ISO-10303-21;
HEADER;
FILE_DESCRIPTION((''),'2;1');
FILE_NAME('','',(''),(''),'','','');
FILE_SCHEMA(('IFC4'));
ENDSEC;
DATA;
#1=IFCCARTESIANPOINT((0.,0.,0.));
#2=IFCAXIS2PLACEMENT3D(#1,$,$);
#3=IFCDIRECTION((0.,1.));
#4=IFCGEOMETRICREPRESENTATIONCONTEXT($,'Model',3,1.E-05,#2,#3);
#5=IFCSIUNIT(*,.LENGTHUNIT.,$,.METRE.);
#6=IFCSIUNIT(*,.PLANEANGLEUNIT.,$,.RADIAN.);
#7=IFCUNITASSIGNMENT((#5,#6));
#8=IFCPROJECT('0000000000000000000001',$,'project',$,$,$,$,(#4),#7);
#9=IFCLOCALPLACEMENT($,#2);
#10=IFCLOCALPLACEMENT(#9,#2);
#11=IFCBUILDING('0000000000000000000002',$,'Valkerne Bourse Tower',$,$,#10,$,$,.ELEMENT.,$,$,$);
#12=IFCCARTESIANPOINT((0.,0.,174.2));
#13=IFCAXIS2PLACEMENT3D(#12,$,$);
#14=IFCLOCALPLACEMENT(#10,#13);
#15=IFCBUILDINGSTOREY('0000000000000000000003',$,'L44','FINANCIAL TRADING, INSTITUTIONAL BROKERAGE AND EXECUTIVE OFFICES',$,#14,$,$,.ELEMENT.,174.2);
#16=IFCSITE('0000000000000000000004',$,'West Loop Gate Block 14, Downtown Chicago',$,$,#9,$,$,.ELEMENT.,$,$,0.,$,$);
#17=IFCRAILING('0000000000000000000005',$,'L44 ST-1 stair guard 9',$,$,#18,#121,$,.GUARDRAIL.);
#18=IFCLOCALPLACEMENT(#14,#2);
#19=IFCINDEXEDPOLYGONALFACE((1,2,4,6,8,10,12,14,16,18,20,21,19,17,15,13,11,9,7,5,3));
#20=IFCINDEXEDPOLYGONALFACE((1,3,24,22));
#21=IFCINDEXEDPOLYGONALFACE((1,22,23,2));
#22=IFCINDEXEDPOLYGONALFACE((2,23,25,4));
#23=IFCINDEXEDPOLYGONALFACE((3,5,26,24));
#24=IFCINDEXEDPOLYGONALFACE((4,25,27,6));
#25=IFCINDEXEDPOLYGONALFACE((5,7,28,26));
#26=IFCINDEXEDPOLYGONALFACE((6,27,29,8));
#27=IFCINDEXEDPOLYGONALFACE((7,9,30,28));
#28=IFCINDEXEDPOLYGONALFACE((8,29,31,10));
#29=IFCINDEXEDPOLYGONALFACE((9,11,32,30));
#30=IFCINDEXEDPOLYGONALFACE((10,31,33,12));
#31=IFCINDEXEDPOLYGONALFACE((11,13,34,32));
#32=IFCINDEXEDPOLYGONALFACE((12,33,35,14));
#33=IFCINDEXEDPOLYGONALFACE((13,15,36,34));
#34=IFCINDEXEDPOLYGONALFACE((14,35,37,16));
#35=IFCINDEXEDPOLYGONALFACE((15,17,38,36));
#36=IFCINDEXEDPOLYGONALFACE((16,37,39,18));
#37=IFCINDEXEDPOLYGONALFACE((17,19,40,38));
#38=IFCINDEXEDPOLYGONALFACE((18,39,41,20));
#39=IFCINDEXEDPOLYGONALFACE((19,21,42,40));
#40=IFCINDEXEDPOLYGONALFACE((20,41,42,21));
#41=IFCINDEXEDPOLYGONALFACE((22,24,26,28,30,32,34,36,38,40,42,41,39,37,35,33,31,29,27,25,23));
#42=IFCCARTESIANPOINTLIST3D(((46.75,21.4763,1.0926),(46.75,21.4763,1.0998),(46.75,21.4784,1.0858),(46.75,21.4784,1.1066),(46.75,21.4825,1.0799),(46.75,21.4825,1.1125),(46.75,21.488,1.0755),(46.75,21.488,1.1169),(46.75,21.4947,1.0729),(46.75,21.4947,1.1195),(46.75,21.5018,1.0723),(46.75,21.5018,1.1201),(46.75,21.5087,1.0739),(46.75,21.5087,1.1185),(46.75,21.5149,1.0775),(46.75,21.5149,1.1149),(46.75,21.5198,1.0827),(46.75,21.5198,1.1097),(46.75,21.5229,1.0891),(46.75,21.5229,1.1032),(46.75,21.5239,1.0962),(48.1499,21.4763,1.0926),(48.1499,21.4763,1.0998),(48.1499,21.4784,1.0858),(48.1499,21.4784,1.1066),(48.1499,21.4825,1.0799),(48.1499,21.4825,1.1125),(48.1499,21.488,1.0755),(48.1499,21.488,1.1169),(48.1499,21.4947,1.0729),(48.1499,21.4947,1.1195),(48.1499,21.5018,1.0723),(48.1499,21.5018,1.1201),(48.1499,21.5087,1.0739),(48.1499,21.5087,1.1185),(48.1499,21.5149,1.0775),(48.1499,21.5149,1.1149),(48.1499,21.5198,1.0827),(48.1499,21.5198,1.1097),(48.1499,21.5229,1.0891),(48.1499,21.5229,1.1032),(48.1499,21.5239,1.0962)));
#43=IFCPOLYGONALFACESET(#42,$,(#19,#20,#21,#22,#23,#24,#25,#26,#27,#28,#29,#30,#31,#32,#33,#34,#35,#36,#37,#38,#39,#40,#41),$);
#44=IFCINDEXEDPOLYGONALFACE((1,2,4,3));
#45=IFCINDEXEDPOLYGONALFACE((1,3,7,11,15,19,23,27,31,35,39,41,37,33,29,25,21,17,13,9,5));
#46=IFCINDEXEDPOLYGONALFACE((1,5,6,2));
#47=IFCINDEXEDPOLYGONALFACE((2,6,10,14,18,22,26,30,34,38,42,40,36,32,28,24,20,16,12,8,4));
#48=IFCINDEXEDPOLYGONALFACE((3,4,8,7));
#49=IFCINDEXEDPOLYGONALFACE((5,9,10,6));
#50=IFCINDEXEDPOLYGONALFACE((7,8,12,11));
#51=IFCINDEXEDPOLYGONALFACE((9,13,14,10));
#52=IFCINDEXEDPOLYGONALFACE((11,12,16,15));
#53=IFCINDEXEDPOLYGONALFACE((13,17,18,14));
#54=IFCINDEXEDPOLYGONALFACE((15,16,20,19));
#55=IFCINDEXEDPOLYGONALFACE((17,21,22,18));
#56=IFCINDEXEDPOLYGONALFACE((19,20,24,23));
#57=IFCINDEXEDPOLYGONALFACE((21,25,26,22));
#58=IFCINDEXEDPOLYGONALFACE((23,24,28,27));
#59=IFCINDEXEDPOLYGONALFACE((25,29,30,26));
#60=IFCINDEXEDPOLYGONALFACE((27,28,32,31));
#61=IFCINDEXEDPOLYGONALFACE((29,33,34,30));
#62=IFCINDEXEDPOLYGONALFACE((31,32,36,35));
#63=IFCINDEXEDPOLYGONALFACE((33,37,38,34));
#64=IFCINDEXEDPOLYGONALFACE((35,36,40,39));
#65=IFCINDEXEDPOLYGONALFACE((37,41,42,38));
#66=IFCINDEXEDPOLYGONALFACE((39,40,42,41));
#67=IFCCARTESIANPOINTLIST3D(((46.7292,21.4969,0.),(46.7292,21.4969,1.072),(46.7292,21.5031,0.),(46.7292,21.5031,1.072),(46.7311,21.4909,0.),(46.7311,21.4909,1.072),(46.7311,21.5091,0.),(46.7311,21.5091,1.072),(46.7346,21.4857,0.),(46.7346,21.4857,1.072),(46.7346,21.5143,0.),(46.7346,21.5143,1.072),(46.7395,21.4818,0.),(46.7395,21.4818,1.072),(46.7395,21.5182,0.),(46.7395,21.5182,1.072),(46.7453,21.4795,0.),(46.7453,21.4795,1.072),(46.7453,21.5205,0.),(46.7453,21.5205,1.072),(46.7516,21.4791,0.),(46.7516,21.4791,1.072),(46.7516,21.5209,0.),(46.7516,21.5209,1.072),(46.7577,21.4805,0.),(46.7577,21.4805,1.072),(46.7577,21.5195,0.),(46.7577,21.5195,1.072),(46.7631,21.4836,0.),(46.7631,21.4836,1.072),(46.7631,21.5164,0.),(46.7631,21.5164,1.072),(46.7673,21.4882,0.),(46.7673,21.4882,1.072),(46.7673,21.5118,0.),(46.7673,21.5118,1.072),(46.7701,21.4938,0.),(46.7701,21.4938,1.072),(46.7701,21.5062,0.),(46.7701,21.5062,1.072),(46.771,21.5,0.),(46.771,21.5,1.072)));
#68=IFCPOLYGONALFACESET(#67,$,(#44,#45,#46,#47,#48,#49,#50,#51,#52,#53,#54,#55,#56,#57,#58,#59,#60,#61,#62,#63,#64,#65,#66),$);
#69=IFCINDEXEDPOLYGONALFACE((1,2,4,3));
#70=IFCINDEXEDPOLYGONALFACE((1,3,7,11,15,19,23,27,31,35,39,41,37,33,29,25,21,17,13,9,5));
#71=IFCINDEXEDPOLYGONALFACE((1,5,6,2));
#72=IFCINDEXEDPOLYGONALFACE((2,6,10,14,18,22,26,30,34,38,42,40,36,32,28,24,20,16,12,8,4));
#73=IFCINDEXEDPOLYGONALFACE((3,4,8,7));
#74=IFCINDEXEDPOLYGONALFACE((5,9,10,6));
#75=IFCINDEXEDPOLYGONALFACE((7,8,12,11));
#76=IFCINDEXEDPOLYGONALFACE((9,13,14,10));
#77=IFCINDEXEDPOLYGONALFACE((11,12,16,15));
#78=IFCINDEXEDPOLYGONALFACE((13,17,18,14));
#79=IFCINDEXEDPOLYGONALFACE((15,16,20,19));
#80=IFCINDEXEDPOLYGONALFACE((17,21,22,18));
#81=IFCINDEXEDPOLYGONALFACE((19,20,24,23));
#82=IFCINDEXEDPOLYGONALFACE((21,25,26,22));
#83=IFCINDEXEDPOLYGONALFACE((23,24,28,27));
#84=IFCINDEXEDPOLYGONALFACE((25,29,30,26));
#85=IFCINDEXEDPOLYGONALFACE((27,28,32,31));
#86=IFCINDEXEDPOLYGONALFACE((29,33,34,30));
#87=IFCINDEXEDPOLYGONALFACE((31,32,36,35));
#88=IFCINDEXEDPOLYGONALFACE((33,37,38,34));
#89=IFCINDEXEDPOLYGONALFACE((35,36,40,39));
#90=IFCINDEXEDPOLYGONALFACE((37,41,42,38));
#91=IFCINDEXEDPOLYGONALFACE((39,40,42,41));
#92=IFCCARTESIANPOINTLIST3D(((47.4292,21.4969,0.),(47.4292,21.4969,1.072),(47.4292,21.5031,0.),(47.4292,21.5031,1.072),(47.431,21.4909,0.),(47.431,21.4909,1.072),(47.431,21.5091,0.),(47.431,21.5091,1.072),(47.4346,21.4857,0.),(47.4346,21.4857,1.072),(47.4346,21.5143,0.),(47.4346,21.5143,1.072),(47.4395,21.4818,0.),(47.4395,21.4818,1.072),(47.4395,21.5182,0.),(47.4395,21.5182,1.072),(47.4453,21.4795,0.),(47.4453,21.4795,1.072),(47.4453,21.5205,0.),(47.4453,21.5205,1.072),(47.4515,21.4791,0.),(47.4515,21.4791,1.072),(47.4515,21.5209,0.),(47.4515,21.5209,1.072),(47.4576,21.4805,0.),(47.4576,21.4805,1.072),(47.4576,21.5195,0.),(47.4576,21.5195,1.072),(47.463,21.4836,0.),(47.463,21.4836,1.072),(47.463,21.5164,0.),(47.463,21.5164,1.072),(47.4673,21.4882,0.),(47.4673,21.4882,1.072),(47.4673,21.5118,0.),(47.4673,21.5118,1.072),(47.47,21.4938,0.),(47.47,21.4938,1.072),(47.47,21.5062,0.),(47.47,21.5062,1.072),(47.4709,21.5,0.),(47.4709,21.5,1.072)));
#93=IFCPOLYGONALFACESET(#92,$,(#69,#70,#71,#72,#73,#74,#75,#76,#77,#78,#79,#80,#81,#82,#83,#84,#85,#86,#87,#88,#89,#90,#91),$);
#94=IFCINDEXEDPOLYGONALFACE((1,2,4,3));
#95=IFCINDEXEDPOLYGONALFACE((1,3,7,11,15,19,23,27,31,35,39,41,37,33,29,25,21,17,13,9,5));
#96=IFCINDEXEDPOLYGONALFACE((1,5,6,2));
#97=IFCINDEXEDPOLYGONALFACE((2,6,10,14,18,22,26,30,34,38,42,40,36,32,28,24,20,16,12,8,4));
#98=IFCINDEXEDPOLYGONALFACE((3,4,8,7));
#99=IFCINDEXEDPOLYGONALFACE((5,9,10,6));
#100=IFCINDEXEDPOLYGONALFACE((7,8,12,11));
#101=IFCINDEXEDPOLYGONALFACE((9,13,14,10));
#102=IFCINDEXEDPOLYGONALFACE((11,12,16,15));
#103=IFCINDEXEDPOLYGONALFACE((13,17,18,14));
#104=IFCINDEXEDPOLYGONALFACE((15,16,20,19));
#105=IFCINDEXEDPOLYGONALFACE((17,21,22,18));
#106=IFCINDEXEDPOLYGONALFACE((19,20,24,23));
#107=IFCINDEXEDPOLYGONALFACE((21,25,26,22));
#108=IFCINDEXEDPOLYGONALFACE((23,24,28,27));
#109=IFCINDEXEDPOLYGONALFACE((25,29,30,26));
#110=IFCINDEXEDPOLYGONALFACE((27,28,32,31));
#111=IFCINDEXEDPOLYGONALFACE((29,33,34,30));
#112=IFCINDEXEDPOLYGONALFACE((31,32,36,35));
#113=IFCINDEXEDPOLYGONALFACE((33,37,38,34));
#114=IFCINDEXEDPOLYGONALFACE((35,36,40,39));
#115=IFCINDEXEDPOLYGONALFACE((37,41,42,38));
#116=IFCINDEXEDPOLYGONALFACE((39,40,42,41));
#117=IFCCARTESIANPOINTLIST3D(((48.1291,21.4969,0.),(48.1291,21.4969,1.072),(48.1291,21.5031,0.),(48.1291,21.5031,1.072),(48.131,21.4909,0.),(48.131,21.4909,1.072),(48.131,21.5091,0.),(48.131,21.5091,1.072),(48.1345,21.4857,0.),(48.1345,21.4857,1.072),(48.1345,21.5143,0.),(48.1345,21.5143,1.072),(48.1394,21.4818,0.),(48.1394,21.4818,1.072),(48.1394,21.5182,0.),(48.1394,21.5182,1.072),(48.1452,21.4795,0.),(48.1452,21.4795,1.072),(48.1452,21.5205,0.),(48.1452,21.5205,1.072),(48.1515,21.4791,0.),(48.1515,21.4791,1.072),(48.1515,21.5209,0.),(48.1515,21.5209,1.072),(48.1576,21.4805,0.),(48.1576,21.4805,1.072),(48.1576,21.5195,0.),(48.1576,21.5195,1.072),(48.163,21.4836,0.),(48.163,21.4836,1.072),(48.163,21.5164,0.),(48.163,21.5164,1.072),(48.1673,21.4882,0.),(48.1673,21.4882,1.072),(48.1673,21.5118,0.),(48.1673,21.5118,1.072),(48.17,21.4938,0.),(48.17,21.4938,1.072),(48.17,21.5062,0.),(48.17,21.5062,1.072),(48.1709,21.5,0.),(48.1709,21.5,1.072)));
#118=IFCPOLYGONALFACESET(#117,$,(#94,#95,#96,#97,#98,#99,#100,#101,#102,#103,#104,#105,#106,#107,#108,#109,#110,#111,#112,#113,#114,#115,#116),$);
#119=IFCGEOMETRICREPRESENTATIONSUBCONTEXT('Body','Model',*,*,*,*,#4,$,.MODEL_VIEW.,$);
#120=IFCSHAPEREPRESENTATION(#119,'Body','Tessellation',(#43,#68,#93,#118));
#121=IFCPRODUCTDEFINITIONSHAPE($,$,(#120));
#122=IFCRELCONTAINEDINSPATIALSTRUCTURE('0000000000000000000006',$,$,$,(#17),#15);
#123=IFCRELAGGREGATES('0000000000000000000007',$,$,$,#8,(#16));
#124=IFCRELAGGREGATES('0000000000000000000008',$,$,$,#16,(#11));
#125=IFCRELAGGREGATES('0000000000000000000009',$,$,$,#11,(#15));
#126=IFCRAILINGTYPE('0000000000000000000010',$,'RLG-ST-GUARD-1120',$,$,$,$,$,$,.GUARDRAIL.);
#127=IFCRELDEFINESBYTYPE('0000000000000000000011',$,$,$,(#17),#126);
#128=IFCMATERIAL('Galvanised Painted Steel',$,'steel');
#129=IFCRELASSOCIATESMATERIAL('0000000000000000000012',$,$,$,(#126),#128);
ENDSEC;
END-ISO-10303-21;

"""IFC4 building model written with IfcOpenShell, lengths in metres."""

from ifc_helpers import new_model, si_unit, direction, frame, origin, origin_2d, place, context, subcontext, project, spatial, circle, extrude, material, type_object, element, save


model = new_model("IFC4")

# Units and contexts
model_context = context("Model", 3, precision=1e-05, world=origin(), true_north=direction((0.0, 1.0)))
body_context = subcontext(model_context, "Body", "Model", "MODEL_VIEW")
ifc_project = project(units=[si_unit("LENGTHUNIT", "METRE"), si_unit("PLANEANGLEUNIT", "RADIAN")], contexts=[model_context])

# Site, building, storey
site_placement = place(None, origin())
site = spatial("IfcSite", under=ifc_project, at=site_placement, Name="West Loop Gate Block 14, Downtown Chicago", CompositionType="ELEMENT", RefElevation=0.0)
building_placement = place(site_placement, origin())
building = spatial("IfcBuilding", under=site, at=building_placement, Name="Valkerne Bourse Tower", CompositionType="ELEMENT")
storey_placement = place(building_placement, frame((0.0, 0.0, 174.2)))
storey = spatial("IfcBuildingStorey", under=building, at=storey_placement, Name="L44", Description="FINANCIAL TRADING, INSTITUTIONAL BROKERAGE AND EXECUTIVE OFFICES", CompositionType="ELEMENT", Elevation=174.2)

# Shared definitions
ifc_material_1 = material(Name="Galvanised Painted Steel", Category="steel")

# Railing
railing_type_1 = type_object("IfcRailingType", Name="RLG-ST-GUARD-1120", PredefinedType="GUARDRAIL", material=ifc_material_1)
for number, where, name in (
    (1, (46.75, 21.5, 0.0), "L44 ST-1 stair guard 9"),
):
    element("IfcRailing", number, at=place(storey_placement, frame(where)), inside=storey, type_object=railing_type_1, Name=name, PredefinedType="GUARDRAIL", context=body_context, shape_type="SweptSolid", body=[
        extrude(circle(Radius=0.0239, at=origin_2d()), frame((0.0, 0.0, 1.0962), z_axis=(1.0, 0.0, 0.0), x_axis=(0.0, 1.0, 0.0)), (0.0, 0.0, 1.0), 1.3999),
        extrude(circle(Radius=0.021, at=origin_2d()), origin(), (0.0, 0.0, 1.0), 1.072),
        extrude(circle(Radius=0.021, at=origin_2d()), frame((0.7, 0.0, 0.0)), (0.0, 0.0, 1.0), 1.072),
        extrude(circle(Radius=0.021, at=origin_2d()), frame((1.3999, 0.0, 0.0)), (0.0, 0.0, 1.0), 1.072),
    ])

save(model, "model.ifc")
